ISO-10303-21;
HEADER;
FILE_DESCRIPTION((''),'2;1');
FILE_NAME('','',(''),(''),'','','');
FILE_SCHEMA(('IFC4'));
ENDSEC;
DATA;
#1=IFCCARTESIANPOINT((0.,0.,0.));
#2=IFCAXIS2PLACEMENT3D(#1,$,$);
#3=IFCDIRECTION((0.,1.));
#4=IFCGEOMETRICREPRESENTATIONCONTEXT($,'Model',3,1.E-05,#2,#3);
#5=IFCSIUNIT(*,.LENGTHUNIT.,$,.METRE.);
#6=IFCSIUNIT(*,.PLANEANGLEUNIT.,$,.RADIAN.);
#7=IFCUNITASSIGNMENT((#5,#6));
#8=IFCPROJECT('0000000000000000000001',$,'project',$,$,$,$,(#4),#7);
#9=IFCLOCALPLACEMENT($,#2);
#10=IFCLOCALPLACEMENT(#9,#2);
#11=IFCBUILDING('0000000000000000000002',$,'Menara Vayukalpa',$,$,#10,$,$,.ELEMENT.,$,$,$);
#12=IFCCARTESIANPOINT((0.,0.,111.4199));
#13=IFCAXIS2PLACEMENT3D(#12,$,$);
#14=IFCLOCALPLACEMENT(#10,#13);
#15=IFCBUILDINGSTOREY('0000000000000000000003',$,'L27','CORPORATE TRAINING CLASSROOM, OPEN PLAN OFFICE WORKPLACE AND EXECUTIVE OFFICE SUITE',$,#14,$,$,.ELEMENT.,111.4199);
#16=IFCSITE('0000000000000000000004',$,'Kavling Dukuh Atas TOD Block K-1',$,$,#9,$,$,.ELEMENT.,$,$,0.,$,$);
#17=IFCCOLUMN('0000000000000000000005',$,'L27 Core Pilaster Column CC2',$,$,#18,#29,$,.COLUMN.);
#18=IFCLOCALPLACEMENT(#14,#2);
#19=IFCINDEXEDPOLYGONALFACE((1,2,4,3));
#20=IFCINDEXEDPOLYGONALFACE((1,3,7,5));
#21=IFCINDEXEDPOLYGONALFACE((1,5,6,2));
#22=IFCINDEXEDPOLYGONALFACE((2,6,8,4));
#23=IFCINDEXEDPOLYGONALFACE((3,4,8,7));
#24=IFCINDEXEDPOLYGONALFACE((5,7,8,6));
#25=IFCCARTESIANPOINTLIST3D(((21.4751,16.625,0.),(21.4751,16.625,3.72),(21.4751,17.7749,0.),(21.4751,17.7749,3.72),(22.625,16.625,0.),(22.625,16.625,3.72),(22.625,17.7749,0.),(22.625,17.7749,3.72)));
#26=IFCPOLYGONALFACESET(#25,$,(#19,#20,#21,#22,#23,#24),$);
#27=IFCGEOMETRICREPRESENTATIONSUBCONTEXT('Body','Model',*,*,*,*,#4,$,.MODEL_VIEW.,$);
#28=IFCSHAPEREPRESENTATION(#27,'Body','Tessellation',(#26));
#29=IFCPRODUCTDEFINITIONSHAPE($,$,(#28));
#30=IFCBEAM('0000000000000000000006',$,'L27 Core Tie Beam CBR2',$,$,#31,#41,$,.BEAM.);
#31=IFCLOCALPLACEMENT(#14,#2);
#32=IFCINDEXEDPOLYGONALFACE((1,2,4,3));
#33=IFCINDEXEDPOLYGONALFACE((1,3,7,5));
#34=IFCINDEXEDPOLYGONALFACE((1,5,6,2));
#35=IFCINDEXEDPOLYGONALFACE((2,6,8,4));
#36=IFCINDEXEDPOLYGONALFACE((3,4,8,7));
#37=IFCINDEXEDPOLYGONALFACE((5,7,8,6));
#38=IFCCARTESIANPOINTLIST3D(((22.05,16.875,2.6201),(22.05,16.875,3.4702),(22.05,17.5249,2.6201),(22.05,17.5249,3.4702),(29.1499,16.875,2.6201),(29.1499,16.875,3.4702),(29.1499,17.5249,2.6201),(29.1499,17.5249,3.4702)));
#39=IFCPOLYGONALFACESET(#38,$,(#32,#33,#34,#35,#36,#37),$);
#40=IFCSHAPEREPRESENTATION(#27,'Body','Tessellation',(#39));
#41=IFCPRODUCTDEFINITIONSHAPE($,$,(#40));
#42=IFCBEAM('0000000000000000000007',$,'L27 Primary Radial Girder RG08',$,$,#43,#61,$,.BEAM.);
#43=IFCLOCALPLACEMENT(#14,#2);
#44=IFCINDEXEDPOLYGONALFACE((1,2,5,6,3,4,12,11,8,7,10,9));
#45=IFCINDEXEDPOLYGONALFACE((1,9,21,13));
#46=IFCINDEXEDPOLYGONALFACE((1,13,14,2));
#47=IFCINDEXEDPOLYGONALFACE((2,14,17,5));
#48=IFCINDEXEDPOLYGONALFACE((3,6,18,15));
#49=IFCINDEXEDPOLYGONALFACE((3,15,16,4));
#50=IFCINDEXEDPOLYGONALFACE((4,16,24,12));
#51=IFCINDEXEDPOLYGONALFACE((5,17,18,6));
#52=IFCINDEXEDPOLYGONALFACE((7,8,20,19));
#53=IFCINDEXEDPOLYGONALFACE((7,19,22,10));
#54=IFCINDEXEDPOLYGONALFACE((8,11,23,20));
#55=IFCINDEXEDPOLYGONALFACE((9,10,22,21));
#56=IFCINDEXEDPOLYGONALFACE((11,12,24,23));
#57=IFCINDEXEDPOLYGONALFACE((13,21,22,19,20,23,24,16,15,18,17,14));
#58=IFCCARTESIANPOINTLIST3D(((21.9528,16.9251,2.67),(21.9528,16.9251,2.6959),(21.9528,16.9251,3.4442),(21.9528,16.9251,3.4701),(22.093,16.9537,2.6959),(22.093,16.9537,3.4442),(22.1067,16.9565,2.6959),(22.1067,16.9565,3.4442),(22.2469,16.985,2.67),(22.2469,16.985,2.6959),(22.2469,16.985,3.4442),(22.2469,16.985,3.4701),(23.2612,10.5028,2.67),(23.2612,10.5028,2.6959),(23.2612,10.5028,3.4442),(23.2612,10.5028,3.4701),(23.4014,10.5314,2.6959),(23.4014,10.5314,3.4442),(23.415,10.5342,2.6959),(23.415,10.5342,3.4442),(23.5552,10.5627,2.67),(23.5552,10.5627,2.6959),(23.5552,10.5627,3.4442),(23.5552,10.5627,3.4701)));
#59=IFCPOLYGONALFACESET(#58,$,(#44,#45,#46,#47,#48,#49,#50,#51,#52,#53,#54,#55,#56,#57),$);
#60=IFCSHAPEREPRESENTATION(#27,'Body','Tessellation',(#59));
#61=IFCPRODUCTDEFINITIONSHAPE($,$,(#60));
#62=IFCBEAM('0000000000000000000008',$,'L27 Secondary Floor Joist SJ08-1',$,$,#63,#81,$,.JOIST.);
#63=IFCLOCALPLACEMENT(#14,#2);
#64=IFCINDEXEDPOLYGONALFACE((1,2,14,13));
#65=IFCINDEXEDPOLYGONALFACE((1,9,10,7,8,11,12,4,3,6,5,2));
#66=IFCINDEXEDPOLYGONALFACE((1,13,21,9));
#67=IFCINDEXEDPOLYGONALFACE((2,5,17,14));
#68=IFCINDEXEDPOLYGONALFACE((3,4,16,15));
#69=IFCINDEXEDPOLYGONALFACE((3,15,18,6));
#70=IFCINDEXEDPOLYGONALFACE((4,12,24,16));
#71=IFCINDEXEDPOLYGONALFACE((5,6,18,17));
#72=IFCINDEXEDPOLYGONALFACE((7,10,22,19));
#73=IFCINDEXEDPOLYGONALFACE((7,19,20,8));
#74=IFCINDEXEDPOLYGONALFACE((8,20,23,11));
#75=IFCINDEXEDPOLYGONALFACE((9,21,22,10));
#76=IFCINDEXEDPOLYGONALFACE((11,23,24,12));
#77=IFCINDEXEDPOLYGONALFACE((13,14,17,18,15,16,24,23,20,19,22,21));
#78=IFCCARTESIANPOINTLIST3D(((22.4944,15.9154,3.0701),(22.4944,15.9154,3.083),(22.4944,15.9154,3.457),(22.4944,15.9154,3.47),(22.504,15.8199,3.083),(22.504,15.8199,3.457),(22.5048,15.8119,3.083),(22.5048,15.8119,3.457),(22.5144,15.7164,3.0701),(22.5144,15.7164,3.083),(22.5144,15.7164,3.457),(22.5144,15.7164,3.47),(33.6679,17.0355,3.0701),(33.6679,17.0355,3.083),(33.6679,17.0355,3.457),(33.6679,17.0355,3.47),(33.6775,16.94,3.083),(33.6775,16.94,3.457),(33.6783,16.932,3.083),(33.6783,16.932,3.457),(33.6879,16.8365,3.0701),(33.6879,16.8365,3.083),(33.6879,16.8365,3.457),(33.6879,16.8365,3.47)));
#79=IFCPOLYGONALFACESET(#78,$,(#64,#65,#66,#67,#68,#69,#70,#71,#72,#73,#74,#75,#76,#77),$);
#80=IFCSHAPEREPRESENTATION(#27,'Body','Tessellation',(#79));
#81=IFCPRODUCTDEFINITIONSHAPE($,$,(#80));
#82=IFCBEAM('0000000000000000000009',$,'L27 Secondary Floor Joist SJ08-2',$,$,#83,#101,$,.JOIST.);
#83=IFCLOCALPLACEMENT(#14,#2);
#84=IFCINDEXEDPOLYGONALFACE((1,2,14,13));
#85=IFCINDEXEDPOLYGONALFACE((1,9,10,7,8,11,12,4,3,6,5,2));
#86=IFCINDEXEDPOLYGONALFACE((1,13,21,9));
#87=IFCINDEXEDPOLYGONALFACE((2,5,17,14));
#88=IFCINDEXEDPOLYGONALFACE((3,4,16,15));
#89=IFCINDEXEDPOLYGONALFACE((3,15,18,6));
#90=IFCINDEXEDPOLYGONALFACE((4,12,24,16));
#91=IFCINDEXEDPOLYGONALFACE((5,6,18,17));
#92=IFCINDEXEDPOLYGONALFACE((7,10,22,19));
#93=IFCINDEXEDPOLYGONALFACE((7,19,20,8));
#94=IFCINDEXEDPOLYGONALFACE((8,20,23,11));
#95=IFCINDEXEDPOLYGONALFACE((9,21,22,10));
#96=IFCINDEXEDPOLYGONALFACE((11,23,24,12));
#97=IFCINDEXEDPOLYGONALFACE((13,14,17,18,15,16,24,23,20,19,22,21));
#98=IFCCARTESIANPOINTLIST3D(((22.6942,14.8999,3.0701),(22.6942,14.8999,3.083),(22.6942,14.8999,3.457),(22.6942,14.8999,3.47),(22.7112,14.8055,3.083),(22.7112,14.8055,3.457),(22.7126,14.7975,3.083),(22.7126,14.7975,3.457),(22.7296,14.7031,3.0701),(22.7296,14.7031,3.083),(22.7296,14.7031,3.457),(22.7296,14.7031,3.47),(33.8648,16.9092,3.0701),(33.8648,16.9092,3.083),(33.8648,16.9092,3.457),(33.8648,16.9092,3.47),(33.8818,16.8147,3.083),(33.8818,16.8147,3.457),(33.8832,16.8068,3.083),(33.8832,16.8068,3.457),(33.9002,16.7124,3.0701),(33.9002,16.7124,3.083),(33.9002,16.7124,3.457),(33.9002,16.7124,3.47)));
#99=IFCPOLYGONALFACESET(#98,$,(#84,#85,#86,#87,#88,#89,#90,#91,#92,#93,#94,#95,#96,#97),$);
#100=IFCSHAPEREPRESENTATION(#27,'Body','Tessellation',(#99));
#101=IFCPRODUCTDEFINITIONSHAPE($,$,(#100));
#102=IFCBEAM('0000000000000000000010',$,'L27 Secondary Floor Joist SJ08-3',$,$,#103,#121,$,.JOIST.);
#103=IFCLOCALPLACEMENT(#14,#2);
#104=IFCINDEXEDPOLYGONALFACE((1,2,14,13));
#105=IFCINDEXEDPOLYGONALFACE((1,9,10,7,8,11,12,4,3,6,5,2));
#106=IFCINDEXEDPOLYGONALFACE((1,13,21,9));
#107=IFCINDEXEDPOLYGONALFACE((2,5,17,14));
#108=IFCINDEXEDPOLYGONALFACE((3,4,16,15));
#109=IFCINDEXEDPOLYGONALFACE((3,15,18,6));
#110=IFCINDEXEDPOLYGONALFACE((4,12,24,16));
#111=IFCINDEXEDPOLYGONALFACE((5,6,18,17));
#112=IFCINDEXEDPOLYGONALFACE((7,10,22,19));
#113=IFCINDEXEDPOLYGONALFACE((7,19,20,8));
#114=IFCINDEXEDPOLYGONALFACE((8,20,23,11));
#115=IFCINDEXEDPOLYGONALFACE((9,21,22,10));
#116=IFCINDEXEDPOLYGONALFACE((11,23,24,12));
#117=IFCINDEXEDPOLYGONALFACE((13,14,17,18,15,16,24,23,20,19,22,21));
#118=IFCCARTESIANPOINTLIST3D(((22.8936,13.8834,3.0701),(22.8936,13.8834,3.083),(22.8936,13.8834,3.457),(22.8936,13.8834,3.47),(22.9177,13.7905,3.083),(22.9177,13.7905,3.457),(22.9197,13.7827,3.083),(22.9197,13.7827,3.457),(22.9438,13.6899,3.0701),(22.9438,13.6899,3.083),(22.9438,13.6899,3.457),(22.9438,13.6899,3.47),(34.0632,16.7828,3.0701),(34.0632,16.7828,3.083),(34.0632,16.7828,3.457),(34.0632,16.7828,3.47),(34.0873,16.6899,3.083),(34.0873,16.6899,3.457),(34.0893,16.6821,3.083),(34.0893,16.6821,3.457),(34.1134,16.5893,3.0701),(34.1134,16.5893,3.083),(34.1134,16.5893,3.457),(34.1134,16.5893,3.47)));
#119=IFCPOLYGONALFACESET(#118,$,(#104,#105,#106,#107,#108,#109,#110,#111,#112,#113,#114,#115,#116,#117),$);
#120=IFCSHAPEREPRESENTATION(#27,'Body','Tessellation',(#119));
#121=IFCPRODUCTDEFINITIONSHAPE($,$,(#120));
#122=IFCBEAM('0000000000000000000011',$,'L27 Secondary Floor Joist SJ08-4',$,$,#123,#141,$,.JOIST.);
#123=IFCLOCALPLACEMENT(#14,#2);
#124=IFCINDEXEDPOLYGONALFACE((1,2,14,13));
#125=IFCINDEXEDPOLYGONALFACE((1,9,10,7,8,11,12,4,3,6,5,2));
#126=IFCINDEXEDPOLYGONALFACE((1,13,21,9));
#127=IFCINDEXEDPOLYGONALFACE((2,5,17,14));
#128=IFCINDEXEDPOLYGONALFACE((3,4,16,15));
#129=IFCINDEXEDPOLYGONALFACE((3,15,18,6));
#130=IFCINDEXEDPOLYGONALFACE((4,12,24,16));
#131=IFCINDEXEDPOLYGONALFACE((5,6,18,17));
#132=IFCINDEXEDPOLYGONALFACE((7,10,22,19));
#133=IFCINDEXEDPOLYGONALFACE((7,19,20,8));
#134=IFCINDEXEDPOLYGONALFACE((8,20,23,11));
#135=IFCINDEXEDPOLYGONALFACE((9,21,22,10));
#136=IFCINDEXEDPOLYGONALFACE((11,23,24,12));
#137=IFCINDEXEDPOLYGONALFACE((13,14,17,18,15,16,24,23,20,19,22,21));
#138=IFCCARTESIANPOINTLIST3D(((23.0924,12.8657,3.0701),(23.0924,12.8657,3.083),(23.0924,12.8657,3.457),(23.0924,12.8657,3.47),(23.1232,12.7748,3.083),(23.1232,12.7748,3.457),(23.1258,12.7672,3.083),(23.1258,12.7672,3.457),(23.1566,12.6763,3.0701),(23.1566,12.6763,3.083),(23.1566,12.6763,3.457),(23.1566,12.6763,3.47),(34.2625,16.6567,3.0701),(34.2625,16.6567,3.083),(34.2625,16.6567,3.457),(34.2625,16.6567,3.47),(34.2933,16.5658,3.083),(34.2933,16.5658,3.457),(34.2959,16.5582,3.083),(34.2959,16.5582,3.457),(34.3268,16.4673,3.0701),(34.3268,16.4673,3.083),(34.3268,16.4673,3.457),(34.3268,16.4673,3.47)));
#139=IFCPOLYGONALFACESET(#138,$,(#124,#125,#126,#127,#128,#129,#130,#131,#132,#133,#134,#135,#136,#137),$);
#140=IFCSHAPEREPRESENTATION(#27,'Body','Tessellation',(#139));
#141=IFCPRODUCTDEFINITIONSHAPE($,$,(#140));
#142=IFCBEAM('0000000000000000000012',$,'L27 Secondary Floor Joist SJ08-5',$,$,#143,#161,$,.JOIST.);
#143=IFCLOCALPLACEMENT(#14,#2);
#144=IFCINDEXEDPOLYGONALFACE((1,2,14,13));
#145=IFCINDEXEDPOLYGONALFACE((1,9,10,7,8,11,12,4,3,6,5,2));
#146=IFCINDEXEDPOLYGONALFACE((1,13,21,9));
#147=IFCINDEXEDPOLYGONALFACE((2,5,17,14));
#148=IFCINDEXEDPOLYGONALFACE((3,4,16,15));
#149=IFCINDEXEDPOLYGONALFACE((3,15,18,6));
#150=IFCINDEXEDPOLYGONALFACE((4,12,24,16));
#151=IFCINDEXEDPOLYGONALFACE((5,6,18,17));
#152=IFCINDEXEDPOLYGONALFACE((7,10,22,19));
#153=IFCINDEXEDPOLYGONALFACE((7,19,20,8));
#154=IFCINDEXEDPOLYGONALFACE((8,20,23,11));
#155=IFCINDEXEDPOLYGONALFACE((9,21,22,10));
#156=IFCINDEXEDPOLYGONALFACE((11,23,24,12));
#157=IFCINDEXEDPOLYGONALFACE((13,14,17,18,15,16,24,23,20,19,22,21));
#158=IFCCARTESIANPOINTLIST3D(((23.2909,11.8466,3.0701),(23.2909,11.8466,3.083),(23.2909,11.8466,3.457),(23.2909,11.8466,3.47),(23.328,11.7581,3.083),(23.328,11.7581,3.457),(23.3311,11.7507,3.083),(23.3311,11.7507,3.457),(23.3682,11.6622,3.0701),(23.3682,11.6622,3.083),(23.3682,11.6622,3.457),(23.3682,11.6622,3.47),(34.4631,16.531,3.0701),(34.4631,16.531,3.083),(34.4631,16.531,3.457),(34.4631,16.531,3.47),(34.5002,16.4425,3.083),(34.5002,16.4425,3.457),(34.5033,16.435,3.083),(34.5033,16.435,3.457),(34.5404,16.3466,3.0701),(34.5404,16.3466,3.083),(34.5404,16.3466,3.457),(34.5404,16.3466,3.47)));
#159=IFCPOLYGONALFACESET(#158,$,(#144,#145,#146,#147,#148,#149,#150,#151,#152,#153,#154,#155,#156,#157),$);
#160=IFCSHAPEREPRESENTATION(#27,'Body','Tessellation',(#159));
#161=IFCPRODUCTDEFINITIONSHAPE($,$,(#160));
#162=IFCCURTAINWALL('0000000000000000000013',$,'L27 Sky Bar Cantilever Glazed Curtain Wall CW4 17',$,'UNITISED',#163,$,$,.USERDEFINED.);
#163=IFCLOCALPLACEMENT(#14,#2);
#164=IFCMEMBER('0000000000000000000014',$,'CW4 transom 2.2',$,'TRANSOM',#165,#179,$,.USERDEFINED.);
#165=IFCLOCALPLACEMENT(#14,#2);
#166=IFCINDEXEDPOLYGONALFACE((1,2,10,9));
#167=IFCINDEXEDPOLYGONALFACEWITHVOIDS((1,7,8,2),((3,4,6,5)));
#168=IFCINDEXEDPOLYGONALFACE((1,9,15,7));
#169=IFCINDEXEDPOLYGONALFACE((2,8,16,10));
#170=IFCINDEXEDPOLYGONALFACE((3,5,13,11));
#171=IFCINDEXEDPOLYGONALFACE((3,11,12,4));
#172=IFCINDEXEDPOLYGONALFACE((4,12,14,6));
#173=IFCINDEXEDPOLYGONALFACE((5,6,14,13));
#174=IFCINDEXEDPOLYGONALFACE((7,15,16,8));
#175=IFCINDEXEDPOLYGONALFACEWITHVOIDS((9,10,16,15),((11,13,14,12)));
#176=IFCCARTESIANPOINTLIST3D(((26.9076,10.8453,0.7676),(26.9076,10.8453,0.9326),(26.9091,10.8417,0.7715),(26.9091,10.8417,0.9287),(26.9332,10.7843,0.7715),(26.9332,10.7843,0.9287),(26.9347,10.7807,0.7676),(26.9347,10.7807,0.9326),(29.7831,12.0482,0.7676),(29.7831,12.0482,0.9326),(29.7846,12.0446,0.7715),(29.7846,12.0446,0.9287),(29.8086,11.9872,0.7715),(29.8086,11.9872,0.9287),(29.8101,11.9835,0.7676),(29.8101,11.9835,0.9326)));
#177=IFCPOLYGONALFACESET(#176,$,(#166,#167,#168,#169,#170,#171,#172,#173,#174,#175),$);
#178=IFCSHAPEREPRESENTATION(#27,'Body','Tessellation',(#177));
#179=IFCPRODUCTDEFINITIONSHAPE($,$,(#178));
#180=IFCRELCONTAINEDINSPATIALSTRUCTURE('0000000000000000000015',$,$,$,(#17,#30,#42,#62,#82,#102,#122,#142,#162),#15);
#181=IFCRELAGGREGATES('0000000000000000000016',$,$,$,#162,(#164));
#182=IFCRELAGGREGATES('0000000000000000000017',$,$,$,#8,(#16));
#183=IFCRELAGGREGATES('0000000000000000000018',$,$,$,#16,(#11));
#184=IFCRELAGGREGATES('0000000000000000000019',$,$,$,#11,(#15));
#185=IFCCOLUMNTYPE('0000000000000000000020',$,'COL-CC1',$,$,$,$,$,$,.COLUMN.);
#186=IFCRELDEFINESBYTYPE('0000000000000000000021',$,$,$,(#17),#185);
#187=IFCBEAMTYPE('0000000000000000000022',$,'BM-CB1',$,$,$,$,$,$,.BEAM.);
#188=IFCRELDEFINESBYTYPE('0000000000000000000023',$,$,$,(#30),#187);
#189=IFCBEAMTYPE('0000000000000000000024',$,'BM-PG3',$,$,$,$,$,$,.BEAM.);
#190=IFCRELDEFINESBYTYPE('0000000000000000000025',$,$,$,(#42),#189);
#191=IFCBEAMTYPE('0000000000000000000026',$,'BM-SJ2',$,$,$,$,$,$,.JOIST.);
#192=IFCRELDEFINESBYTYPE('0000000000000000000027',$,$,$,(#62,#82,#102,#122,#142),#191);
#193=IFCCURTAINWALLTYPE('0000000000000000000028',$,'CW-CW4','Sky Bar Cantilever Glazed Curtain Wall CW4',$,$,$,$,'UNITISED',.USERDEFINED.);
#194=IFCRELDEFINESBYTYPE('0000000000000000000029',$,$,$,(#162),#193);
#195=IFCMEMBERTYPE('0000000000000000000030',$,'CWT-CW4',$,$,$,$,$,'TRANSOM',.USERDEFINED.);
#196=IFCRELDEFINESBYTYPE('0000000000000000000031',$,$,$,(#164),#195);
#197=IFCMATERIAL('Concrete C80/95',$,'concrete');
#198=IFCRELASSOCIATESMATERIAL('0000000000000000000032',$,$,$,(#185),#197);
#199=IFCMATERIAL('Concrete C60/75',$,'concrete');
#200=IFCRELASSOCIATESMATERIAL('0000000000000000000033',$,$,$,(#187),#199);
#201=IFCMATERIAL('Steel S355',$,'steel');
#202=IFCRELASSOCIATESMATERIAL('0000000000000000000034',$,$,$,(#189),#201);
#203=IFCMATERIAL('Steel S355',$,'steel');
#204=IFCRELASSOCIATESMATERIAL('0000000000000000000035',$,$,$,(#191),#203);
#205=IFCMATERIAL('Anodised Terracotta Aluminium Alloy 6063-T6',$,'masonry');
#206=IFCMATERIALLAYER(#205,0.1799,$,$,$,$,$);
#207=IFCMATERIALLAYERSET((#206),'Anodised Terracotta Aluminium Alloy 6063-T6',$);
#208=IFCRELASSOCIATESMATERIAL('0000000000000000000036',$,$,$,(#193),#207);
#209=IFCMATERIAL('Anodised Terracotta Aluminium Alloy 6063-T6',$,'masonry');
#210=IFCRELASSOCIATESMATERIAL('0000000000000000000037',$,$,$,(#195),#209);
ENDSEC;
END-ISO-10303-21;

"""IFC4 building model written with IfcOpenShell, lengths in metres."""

from ifc_helpers import new_model, si_unit, direction, frame, origin, origin_2d, place, context, subcontext, project, spatial, rectangle, hollow_rectangle, i_section, extrude, material, layer, layer_set, material_profile, profile_set, type_object, element, aggregate, save


model = new_model("IFC4")

# Units and contexts
model_context = context("Model", 3, precision=1e-05, world=origin(), true_north=direction((0.0, 1.0)))
body_context = subcontext(model_context, "Body", "Model", "MODEL_VIEW")
ifc_project = project(units=[si_unit("LENGTHUNIT", "METRE"), si_unit("PLANEANGLEUNIT", "RADIAN")], contexts=[model_context])

# Site, building, storey
site_placement = place(None, origin())
site = spatial("IfcSite", under=ifc_project, at=site_placement, Name="Kavling Dukuh Atas TOD Block K-1", CompositionType="ELEMENT", RefElevation=0.0)
building_placement = place(site_placement, origin())
building = spatial("IfcBuilding", under=site, at=building_placement, Name="Menara Vayukalpa", CompositionType="ELEMENT")
storey_placement = place(building_placement, frame((0.0, 0.0, 111.4199)))
storey = spatial("IfcBuildingStorey", under=building, at=storey_placement, Name="L27", Description="CORPORATE TRAINING CLASSROOM, OPEN PLAN OFFICE WORKPLACE AND EXECUTIVE OFFICE SUITE", CompositionType="ELEMENT", Elevation=111.4199)

# Column
ifc_material_1 = material(Name="Concrete C80/95", Category="concrete")
ifc_material_profile_1 = material_profile(ifc_material_1, rectangle(XDim=1.1499, YDim=1.1499, at=origin_2d()), Name="RC 1150x1150")
ifc_profile_set_1 = profile_set([ifc_material_profile_1], Name="Concrete C80/95")
column_type = type_object("IfcColumnType", Name="COL-CC1", PredefinedType="COLUMN", material=ifc_profile_set_1)
column_placement = place(storey_placement, frame((22.05, 17.2, 0.0), z_axis=(0.0, 0.0, 1.0), x_axis=(1.0, 0.0, 0.0)))
element("IfcColumn", 1, at=column_placement, inside=storey, type_object=column_type, Name="L27 Core Pilaster Column CC2", PredefinedType="COLUMN", context=body_context, shape_type="SweptSolid", body=[
    extrude(rectangle(XDim=1.1499, YDim=1.1499, at=origin_2d()), origin(), (0.0, 0.0, 1.0), 3.72),
])

# Beams
ifc_material_2 = material(Name="Concrete C60/75", Category="concrete")
ifc_material_profile_2 = material_profile(ifc_material_2, rectangle(XDim=0.6499, YDim=0.8501, at=origin_2d()), Name="RC 650x850")
ifc_profile_set_2 = profile_set([ifc_material_profile_2], Name="Concrete C60/75")
beam_type_1 = type_object("IfcBeamType", Name="BM-CB1", PredefinedType="BEAM", material=ifc_profile_set_2)
beam_1_placement = place(storey_placement, frame((22.05, 17.2, 3.0452), z_axis=(1.0, 0.0, 0.0), x_axis=(0.0, 1.0, 0.0)))
element("IfcBeam", 2, at=beam_1_placement, inside=storey, type_object=beam_type_1, Name="L27 Core Tie Beam CBR2", PredefinedType="BEAM", context=body_context, shape_type="SweptSolid", body=[
    extrude(rectangle(XDim=0.6499, YDim=0.8501, at=origin_2d()), origin(), (0.0, 0.0, 1.0), 7.0999),
])
ifc_material_3 = material(Name="Steel S355", Category="steel")
ifc_material_profile_3 = material_profile(ifc_material_3, i_section(OverallWidth=0.3, OverallDepth=0.8, WebThickness=0.0139, FlangeThickness=0.0259, at=origin_2d()), Name="WF 800x300x14x26")
ifc_profile_set_3 = profile_set([ifc_material_profile_3], Name="Steel S355")
beam_type_2 = type_object("IfcBeamType", Name="BM-PG3", PredefinedType="BEAM", material=ifc_profile_set_3)
beam_2_placement = place(storey_placement, frame((22.0999, 16.9551, 3.0701), z_axis=(0.199618, -0.979874, 0.0), x_axis=(0.979874, 0.199618, 0.0)))
element("IfcBeam", 3, at=beam_2_placement, inside=storey, type_object=beam_type_2, Name="L27 Primary Radial Girder RG08", PredefinedType="BEAM", context=body_context, shape_type="SweptSolid", body=[
    extrude(i_section(OverallWidth=0.3, OverallDepth=0.8, WebThickness=0.0139, FlangeThickness=0.0259, at=origin_2d()), origin(), (0.0, 0.0, 1.0), 6.5542),
])
ifc_material_4 = material(Name="Steel S355", Category="steel")
ifc_material_profile_4 = material_profile(ifc_material_4, i_section(OverallWidth=0.2, OverallDepth=0.3999, WebThickness=0.0081, FlangeThickness=0.0129, at=origin_2d()), Name="WF 400x200x8x13")
ifc_profile_set_4 = profile_set([ifc_material_profile_4], Name="Steel S355")
beam_type_3 = type_object("IfcBeamType", Name="BM-SJ2", PredefinedType="JOIST", material=ifc_profile_set_4)
beam_3_placement = place(storey_placement, frame((22.5044, 15.8159, 3.27), z_axis=(0.995013, 0.099747, 0.0), x_axis=(-0.099747, 0.995013, 0.0)))
element("IfcBeam", 4, at=beam_3_placement, inside=storey, type_object=beam_type_3, Name="L27 Secondary Floor Joist SJ08-1", PredefinedType="JOIST", context=body_context, shape_type="SweptSolid", body=[
    extrude(i_section(OverallWidth=0.2, OverallDepth=0.3999, WebThickness=0.0081, FlangeThickness=0.0129, at=origin_2d()), origin(), (0.0, 0.0, 1.0), 11.2295),
])
beam_4_placement = place(storey_placement, frame((22.7119, 14.8015, 3.27), z_axis=(0.984205, 0.17703, 0.0), x_axis=(-0.17703, 0.984205, 0.0)))
element("IfcBeam", 5, at=beam_4_placement, inside=storey, type_object=beam_type_3, Name="L27 Secondary Floor Joist SJ08-2", PredefinedType="JOIST", context=body_context, shape_type="SweptSolid", body=[
    extrude(i_section(OverallWidth=0.2, OverallDepth=0.3999, WebThickness=0.0081, FlangeThickness=0.0129, at=origin_2d()), origin(), (0.0, 0.0, 1.0), 11.3499),
])
beam_5_placement = place(storey_placement, frame((22.9187, 13.7866, 3.27), z_axis=(0.967922, 0.251252, 0.0), x_axis=(-0.251252, 0.967922, 0.0)))
element("IfcBeam", 6, at=beam_5_placement, inside=storey, type_object=beam_type_3, Name="L27 Secondary Floor Joist SJ08-3", PredefinedType="JOIST", context=body_context, shape_type="SweptSolid", body=[
    extrude(i_section(OverallWidth=0.2, OverallDepth=0.3999, WebThickness=0.0081, FlangeThickness=0.0129, at=origin_2d()), origin(), (0.0, 0.0, 1.0), 11.5398),
])
beam_6_placement = place(storey_placement, frame((23.1245, 12.771, 3.27), z_axis=(0.946949, 0.321383, 0.0), x_axis=(-0.321383, 0.946949, 0.0)))
element("IfcBeam", 7, at=beam_6_placement, inside=storey, type_object=beam_type_3, Name="L27 Secondary Floor Joist SJ08-4", PredefinedType="JOIST", context=body_context, shape_type="SweptSolid", body=[
    extrude(i_section(OverallWidth=0.2, OverallDepth=0.3999, WebThickness=0.0081, FlangeThickness=0.0129, at=origin_2d()), origin(), (0.0, 0.0, 1.0), 11.7959),
])
beam_7_placement = place(storey_placement, frame((23.3296, 11.7544, 3.27), z_axis=(0.922217, 0.386674, 0.0), x_axis=(-0.386674, 0.922217, 0.0)))
element("IfcBeam", 8, at=beam_7_placement, inside=storey, type_object=beam_type_3, Name="L27 Secondary Floor Joist SJ08-5", PredefinedType="JOIST", context=body_context, shape_type="SweptSolid", body=[
    extrude(i_section(OverallWidth=0.2, OverallDepth=0.3999, WebThickness=0.0081, FlangeThickness=0.0129, at=origin_2d()), origin(), (0.0, 0.0, 1.0), 12.1145),
])

# Curtain wall, member
ifc_material_5 = material(Name="Anodised Terracotta Aluminium Alloy 6063-T6", Category="masonry")
ifc_layer_1 = layer(ifc_material_5, 0.1799)
ifc_layer_set_1 = layer_set([ifc_layer_1], Name="Anodised Terracotta Aluminium Alloy 6063-T6")
curtain_wall_type = type_object("IfcCurtainWallType", Name="CW-CW4", Description="Sky Bar Cantilever Glazed Curtain Wall CW4", ElementType="UNITISED", PredefinedType="USERDEFINED", material=ifc_layer_set_1)
curtain_wall_placement = place(storey_placement, origin())
curtain_wall = element("IfcCurtainWall", 9, at=curtain_wall_placement, inside=storey, type_object=curtain_wall_type, Name="L27 Sky Bar Cantilever Glazed Curtain Wall CW4 17", ObjectType="UNITISED", PredefinedType="USERDEFINED")
ifc_material_6 = material(Name="Anodised Terracotta Aluminium Alloy 6063-T6", Category="masonry")
ifc_material_profile_5 = material_profile(ifc_material_6, hollow_rectangle(XDim=0.0701, YDim=0.165, WallThickness=0.0039, at=origin_2d()), Name="ALU 70x165x4")
ifc_profile_set_5 = profile_set([ifc_material_profile_5], Name="Anodised Terracotta Aluminium Alloy 6063-T6")
member_type = type_object("IfcMemberType", Name="CWT-CW4", ElementType="TRANSOM", PredefinedType="USERDEFINED", material=ifc_profile_set_5)
member_1_placement = place(storey_placement, frame((26.9211, 10.813, 0.8501), z_axis=(0.922534, 0.385916, 0.0), x_axis=(-0.385916, 0.922534, 0.0)))
member_1 = element("IfcMember", 10, at=member_1_placement, type_object=member_type, Name="CW4 transom 2.2", ObjectType="TRANSOM", PredefinedType="USERDEFINED", context=body_context, shape_type="SweptSolid", body=[
    extrude(hollow_rectangle(XDim=0.0701, YDim=0.165, WallThickness=0.0039, at=origin_2d()), origin(), (0.0, 0.0, 1.0), 3.1169),
])
aggregate(curtain_wall, [member_1])

save(model, "model.ifc")
